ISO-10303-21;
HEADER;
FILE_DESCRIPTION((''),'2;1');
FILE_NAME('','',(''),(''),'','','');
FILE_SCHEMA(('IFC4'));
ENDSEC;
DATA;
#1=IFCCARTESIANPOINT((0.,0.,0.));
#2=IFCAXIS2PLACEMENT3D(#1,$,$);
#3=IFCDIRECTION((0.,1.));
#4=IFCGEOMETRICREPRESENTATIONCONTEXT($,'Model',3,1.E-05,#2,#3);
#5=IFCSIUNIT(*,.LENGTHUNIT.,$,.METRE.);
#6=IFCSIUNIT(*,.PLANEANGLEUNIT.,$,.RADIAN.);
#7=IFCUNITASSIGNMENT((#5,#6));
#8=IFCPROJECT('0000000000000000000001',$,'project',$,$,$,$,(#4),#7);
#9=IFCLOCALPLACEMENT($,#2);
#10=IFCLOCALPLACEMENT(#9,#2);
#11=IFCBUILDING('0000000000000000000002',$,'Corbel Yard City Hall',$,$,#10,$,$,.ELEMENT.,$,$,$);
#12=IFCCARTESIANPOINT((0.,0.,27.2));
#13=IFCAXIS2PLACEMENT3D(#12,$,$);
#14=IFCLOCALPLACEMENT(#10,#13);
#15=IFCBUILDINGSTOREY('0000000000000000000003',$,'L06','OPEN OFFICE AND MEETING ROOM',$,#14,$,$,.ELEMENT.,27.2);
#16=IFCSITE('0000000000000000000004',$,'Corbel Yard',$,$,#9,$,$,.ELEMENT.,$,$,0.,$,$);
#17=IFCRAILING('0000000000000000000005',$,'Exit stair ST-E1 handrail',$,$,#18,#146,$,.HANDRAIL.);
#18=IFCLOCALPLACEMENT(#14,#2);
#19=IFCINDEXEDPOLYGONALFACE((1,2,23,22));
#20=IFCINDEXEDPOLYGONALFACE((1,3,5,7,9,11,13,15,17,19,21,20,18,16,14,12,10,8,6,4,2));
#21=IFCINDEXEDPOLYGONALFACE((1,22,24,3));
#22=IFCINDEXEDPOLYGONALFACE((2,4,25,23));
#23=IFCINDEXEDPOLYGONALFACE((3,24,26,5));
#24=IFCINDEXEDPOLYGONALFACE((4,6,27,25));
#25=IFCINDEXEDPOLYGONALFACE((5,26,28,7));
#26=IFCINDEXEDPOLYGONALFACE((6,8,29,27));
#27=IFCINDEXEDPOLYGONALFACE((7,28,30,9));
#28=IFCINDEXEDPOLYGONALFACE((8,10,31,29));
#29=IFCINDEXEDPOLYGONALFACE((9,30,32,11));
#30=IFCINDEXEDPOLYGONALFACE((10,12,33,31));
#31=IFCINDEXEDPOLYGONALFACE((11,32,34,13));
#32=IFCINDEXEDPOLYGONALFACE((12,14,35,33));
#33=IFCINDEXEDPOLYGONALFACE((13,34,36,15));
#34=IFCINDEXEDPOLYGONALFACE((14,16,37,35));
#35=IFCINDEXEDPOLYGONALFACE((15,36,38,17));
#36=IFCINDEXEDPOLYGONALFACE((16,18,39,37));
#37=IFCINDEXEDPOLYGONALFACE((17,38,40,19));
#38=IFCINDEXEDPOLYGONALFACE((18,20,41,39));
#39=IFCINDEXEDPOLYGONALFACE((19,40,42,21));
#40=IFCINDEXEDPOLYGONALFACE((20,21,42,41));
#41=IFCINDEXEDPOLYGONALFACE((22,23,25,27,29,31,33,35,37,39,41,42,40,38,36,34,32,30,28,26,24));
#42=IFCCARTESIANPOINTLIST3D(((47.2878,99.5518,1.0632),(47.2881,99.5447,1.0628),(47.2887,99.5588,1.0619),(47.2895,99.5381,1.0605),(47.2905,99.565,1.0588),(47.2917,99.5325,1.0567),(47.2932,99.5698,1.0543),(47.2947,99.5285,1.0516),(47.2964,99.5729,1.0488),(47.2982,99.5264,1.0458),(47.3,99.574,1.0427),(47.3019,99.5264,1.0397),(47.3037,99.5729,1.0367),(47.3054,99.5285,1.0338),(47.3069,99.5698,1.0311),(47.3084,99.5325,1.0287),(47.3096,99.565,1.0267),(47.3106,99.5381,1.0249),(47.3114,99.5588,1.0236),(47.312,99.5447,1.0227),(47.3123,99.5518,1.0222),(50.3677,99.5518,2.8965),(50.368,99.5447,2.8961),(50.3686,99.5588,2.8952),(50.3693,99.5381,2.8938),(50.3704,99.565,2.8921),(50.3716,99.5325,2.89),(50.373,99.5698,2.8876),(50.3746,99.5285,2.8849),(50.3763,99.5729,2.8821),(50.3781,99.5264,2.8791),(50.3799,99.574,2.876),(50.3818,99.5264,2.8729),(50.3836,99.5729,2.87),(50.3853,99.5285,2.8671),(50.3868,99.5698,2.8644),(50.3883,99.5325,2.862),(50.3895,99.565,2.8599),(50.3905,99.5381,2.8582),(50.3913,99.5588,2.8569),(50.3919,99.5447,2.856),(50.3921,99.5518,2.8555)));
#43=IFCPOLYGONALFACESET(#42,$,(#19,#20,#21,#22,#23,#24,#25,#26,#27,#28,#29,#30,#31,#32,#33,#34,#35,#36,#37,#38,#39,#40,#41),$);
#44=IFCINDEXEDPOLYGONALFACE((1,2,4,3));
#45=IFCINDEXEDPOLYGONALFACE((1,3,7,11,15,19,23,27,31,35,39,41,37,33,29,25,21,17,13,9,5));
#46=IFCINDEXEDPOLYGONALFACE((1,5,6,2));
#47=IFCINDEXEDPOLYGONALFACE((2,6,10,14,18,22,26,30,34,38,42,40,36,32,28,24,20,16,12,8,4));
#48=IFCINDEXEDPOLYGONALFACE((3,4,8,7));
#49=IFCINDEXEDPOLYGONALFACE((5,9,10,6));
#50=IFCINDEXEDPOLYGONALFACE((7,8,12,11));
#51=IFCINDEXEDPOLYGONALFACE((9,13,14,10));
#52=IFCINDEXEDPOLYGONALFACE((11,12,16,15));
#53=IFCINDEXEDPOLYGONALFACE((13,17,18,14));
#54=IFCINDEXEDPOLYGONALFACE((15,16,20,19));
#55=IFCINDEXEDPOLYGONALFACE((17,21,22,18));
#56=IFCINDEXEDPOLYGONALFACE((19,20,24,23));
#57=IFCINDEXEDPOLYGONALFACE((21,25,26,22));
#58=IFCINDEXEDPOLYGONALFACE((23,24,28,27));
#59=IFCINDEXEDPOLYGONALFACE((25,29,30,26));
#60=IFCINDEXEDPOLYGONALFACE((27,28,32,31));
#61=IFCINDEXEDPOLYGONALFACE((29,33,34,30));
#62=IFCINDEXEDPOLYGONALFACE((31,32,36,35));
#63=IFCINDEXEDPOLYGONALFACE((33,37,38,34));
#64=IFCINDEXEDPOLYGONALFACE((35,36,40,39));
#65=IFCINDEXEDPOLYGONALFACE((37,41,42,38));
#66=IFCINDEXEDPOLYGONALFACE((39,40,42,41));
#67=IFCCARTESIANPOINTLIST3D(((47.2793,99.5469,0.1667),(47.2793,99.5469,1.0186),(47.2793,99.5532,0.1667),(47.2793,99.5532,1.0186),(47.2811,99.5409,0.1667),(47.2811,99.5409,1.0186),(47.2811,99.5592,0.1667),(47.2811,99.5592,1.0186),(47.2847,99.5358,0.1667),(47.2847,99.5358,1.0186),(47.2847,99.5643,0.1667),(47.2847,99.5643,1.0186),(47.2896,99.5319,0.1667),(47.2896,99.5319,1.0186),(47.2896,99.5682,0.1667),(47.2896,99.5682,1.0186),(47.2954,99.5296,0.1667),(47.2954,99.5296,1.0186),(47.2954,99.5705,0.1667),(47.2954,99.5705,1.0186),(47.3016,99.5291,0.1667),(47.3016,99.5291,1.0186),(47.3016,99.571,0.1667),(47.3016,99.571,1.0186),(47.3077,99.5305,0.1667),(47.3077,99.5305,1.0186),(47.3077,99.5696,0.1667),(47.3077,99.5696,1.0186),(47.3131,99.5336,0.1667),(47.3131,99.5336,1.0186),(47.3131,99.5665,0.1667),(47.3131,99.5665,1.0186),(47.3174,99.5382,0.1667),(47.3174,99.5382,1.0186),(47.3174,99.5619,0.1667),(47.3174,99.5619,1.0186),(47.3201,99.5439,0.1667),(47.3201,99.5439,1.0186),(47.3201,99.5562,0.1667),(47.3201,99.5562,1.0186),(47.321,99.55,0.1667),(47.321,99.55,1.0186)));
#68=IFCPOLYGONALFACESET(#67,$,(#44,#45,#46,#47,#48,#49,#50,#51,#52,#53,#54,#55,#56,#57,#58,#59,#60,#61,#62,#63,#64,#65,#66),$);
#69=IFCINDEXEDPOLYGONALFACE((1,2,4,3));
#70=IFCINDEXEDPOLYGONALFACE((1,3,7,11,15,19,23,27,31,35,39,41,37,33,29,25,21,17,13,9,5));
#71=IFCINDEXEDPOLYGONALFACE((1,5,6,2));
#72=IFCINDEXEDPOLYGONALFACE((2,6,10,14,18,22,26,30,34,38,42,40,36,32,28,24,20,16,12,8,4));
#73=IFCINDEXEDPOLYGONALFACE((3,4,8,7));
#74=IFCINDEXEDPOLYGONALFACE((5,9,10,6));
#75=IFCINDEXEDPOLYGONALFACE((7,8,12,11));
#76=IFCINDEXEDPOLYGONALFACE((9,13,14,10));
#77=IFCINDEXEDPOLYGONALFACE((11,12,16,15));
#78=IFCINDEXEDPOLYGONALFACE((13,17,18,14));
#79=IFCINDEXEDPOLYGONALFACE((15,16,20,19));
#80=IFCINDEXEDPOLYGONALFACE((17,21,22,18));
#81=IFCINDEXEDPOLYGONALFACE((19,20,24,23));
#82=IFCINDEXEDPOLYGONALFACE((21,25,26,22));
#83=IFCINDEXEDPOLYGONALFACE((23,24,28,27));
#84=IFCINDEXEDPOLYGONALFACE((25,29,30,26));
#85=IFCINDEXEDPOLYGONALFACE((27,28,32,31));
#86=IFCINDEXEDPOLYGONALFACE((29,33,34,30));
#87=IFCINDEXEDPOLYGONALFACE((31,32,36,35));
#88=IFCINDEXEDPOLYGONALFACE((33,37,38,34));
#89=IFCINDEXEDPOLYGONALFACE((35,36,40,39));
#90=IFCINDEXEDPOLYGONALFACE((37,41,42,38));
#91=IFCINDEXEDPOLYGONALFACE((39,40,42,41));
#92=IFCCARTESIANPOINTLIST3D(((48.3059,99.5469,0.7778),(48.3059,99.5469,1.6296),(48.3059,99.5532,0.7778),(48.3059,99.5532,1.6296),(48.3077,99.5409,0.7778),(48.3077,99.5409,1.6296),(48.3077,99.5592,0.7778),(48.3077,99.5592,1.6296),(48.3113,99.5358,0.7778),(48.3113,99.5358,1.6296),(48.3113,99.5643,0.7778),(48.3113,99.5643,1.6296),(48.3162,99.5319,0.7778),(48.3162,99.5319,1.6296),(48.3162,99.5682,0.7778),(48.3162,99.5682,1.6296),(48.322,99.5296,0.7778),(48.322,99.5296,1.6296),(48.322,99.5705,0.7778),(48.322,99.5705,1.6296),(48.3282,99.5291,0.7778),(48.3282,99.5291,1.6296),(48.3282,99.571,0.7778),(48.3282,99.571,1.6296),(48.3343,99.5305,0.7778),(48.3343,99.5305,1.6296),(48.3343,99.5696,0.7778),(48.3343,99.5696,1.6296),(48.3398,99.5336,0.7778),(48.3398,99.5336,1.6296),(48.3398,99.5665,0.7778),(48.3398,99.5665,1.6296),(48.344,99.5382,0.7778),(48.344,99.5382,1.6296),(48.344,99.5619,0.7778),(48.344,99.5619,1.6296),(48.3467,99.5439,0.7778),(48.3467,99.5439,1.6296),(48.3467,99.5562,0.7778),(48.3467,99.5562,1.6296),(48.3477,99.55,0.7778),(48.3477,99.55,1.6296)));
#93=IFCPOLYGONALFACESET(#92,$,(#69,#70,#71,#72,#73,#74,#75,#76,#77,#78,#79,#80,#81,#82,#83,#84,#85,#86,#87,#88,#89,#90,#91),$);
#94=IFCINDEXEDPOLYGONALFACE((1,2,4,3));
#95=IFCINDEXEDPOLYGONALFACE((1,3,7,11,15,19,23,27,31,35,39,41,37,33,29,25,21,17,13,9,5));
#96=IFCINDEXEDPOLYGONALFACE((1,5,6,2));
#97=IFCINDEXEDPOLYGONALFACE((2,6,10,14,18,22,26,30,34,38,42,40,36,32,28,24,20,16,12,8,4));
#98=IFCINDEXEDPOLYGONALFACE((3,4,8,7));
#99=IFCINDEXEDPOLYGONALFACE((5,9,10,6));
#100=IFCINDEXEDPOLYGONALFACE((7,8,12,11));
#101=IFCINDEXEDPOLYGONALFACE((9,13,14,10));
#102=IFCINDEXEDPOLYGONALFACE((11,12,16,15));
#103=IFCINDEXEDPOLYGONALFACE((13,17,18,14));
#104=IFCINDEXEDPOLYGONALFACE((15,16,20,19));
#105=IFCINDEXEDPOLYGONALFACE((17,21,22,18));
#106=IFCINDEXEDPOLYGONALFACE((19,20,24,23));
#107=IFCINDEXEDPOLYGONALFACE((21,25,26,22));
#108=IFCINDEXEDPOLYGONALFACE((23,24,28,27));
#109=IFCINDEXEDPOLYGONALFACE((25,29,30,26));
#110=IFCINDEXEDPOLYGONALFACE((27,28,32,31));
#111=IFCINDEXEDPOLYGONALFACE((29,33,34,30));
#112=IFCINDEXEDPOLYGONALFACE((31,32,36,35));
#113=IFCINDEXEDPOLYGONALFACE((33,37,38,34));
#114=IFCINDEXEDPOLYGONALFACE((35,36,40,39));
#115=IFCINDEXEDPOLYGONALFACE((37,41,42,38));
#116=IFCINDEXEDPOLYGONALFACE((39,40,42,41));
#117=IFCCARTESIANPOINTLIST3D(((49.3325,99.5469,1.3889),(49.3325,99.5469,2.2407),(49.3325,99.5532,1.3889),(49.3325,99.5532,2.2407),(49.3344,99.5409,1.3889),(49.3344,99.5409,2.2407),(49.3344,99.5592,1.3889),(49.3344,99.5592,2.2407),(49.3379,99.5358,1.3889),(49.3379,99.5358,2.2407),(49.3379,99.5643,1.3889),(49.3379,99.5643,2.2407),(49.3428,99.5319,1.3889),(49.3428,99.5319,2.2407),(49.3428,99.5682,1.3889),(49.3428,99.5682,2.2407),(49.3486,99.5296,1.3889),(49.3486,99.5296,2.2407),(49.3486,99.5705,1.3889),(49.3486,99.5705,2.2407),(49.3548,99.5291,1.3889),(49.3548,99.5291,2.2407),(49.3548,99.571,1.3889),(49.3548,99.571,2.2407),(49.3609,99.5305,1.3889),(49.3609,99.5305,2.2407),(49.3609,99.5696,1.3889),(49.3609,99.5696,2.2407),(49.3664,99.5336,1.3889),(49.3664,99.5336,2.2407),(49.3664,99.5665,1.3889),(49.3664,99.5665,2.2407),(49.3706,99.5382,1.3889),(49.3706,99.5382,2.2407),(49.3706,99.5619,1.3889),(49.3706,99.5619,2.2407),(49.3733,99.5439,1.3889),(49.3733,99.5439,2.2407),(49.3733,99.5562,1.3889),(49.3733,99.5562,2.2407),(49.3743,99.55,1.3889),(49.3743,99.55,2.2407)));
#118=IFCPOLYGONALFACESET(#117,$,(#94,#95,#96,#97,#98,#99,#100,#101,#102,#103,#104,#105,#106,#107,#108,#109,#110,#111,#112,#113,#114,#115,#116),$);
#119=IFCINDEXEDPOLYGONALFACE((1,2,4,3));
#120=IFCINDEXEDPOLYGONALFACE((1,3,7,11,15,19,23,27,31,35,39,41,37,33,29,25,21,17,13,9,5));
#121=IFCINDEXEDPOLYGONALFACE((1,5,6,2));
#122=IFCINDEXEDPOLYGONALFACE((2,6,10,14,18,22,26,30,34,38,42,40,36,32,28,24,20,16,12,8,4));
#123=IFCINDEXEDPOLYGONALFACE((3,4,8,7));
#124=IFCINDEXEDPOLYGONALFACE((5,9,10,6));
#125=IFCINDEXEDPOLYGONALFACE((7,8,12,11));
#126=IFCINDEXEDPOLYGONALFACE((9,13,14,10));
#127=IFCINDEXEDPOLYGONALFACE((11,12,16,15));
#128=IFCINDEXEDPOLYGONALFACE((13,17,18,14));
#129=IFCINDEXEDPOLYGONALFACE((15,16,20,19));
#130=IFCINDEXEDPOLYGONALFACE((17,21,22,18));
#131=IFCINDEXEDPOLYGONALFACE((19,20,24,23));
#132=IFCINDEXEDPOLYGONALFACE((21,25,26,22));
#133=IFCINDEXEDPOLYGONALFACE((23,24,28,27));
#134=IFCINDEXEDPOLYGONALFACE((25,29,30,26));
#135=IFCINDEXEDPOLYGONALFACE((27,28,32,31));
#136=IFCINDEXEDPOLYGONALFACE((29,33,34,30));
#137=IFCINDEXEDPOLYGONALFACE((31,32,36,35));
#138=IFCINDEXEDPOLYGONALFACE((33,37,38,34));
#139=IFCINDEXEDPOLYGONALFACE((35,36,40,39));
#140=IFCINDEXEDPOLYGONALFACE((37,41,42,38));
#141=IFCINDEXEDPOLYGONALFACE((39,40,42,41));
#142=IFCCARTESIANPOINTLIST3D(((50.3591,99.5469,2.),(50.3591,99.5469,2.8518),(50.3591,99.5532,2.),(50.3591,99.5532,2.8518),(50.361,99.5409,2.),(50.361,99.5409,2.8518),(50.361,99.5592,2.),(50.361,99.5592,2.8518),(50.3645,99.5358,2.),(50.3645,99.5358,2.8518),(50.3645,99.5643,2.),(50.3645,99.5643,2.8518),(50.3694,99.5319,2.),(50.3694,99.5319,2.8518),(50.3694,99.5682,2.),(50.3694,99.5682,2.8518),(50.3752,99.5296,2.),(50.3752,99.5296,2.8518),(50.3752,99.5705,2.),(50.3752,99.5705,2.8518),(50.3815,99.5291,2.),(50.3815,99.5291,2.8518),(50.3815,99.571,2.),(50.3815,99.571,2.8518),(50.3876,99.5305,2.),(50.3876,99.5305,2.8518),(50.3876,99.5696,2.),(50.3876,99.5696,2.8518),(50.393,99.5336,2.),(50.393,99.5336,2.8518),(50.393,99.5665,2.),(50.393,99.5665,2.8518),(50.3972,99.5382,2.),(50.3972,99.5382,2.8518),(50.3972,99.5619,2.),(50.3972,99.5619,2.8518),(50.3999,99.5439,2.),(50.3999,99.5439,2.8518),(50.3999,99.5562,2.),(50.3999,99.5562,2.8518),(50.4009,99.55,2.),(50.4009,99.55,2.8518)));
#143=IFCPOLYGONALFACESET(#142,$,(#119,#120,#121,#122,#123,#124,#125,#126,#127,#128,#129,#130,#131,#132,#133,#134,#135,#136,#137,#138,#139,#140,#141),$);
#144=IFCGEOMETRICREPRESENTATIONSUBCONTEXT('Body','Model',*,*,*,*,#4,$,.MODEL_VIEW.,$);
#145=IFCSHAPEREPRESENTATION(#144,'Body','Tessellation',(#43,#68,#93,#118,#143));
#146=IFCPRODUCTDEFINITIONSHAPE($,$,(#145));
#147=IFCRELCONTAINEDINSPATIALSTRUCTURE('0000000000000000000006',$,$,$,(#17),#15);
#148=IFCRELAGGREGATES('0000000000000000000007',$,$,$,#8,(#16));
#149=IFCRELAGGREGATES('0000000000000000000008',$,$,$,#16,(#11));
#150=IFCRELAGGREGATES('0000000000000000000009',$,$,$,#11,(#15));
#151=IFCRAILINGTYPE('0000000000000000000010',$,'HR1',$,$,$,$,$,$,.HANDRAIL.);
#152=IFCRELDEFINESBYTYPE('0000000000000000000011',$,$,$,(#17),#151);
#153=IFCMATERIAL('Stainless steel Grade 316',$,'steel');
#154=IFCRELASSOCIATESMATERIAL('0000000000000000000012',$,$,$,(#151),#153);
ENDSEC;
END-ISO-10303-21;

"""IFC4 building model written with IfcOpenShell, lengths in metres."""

from ifc_helpers import new_model, si_unit, direction, frame, origin, origin_2d, place, context, subcontext, project, spatial, circle, extrude, material, type_object, element, save


model = new_model("IFC4")

# Units and contexts
model_context = context("Model", 3, precision=1e-05, world=origin(), true_north=direction((0.0, 1.0)))
body_context = subcontext(model_context, "Body", "Model", "MODEL_VIEW")
ifc_project = project(units=[si_unit("LENGTHUNIT", "METRE"), si_unit("PLANEANGLEUNIT", "RADIAN")], contexts=[model_context])

# Site, building, storey
site_placement = place(None, origin())
site = spatial("IfcSite", under=ifc_project, at=site_placement, Name="Corbel Yard", CompositionType="ELEMENT", RefElevation=0.0)
building_placement = place(site_placement, origin())
building = spatial("IfcBuilding", under=site, at=building_placement, Name="Corbel Yard City Hall", CompositionType="ELEMENT")
storey_placement = place(building_placement, frame((0.0, 0.0, 27.2)))
storey = spatial("IfcBuildingStorey", under=building, at=storey_placement, Name="L06", Description="OPEN OFFICE AND MEETING ROOM", CompositionType="ELEMENT", Elevation=27.2)

# Railing
ifc_material_1 = material(Name="Stainless steel Grade 316", Category="steel")
railing_type = type_object("IfcRailingType", Name="HR1", PredefinedType="HANDRAIL", material=ifc_material_1)
for number, where, name in (
    (1, (47.3, 99.55, 0.1667), "Exit stair ST-E1 handrail"),
):
    element("IfcRailing", number, at=place(storey_placement, frame(where)), inside=storey, type_object=railing_type, Name=name, PredefinedType="HANDRAIL", context=body_context, shape_type="SweptSolid", body=[
        extrude(circle(Radius=0.0239, at=origin_2d()), frame((0.0, 0.0, 0.876), z_axis=(0.859291, 0.0, 0.511487), x_axis=(0.0, 1.0, 0.0)), (0.0, 0.0, 1.0), 3.5842),
        extrude(circle(Radius=0.021, at=origin_2d()), origin(), (0.0, 0.0, 1.0), 0.8518),
        extrude(circle(Radius=0.021, at=origin_2d()), frame((1.0266, 0.0, 0.6111)), (0.0, 0.0, 1.0), 0.8518),
        extrude(circle(Radius=0.021, at=origin_2d()), frame((2.0532, 0.0, 1.2222)), (0.0, 0.0, 1.0), 0.8518),
        extrude(circle(Radius=0.021, at=origin_2d()), frame((3.0798, 0.0, 1.8333)), (0.0, 0.0, 1.0), 0.8518),
    ])

save(model, "model.ifc")
